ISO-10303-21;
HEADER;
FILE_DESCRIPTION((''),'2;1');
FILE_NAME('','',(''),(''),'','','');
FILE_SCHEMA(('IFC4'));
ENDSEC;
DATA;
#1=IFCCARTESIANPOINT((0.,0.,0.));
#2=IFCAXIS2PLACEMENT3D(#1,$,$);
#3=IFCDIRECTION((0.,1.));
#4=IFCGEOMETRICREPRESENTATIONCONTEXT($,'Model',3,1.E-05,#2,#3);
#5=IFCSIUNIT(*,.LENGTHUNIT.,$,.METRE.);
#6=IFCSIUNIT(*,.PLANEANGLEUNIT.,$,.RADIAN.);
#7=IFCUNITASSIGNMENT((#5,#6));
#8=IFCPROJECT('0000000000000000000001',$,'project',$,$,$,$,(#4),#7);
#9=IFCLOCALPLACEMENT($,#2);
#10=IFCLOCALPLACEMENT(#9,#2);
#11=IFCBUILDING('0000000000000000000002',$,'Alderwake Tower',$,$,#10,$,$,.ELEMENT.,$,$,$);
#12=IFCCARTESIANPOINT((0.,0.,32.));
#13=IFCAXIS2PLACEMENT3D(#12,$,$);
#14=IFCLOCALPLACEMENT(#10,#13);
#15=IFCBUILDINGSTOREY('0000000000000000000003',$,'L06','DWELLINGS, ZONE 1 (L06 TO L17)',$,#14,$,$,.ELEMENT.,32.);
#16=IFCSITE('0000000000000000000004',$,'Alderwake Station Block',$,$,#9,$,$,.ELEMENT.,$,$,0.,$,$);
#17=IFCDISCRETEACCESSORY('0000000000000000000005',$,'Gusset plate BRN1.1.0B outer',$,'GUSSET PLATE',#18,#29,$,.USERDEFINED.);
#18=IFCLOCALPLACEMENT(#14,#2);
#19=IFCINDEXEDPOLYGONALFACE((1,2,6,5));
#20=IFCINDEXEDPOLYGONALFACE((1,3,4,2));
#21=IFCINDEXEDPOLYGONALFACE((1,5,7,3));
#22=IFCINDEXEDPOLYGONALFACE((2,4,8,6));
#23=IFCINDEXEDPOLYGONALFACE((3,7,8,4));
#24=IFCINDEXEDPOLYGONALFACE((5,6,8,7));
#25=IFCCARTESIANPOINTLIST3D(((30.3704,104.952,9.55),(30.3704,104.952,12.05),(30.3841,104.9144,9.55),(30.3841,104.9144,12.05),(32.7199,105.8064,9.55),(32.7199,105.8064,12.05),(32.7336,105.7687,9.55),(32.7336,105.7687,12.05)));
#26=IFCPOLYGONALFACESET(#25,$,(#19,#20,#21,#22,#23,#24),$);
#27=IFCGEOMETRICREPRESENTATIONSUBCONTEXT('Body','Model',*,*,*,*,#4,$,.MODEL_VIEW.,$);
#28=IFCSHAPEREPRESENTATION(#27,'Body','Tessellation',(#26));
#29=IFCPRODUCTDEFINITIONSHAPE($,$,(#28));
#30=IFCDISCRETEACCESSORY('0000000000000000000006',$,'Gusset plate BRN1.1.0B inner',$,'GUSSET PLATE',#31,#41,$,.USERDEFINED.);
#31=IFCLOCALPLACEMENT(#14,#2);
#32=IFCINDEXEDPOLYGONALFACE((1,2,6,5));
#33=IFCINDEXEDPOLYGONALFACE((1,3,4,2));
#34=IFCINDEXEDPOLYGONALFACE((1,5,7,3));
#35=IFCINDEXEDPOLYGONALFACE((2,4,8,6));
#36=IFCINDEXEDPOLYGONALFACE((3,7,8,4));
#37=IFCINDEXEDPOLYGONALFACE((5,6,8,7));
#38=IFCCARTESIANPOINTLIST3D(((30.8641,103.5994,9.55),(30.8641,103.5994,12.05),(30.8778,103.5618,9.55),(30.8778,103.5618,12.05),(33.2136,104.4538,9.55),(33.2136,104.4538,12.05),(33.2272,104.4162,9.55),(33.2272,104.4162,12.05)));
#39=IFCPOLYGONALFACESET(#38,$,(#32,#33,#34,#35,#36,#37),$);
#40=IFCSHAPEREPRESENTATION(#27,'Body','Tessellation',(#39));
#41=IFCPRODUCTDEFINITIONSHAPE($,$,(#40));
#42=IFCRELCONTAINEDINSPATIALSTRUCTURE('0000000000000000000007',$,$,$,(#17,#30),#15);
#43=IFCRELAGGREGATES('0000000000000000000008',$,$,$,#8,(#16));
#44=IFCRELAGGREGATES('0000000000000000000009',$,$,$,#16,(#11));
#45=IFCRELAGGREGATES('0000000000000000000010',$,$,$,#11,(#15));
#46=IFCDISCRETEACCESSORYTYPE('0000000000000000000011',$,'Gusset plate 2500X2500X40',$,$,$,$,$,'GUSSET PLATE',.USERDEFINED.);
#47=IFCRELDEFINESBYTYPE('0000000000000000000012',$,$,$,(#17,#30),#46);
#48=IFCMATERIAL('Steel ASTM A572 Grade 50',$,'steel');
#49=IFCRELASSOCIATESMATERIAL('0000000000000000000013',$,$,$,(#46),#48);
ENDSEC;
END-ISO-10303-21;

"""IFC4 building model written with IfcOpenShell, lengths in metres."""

from ifc_helpers import new_model, si_unit, direction, frame, origin, origin_2d, place, context, subcontext, project, spatial, rectangle, extrude, material, material_profile, profile_set, type_object, element, save


model = new_model("IFC4")

# Units and contexts
model_context = context("Model", 3, precision=1e-05, world=origin(), true_north=direction((0.0, 1.0)))
body_context = subcontext(model_context, "Body", "Model", "MODEL_VIEW")
ifc_project = project(units=[si_unit("LENGTHUNIT", "METRE"), si_unit("PLANEANGLEUNIT", "RADIAN")], contexts=[model_context])

# Site, building, storey
site_placement = place(None, origin())
site = spatial("IfcSite", under=ifc_project, at=site_placement, Name="Alderwake Station Block", CompositionType="ELEMENT", RefElevation=0.0)
building_placement = place(site_placement, origin())
building = spatial("IfcBuilding", under=site, at=building_placement, Name="Alderwake Tower", CompositionType="ELEMENT")
storey_placement = place(building_placement, frame((0.0, 0.0, 32.0)))
storey = spatial("IfcBuildingStorey", under=building, at=storey_placement, Name="L06", Description="DWELLINGS, ZONE 1 (L06 TO L17)", CompositionType="ELEMENT", Elevation=32.0)

# Discrete accessories
ifc_material_1 = material(Name="Steel ASTM A572 Grade 50", Category="steel")
ifc_material_profile_1 = material_profile(ifc_material_1, rectangle(XDim=2.5, YDim=2.5, at=origin_2d()), Name="gusset 2500X2500")
ifc_profile_set_1 = profile_set([ifc_material_profile_1], Name="Steel ASTM A572 Grade 50")
discrete_accessory_type = type_object("IfcDiscreteAccessoryType", Name="Gusset plate 2500X2500X40", ElementType="GUSSET PLATE", PredefinedType="USERDEFINED", material=ifc_profile_set_1)
for number, where, z_axis, x_axis, name in (
    (1, (31.5588, 105.3416, 10.8), (-0.341743, 0.939793, 0.0), (-0.939793, -0.341743, 0.0), "Gusset plate BRN1.1.0B outer"),
    (2, (32.0388, 104.0266, 10.8), (0.341743, -0.939793, 0.0), (0.939793, 0.341743, 0.0), "Gusset plate BRN1.1.0B inner"),
):
    element("IfcDiscreteAccessory", number, at=place(storey_placement, frame(where, z_axis=z_axis, x_axis=x_axis)), inside=storey, type_object=discrete_accessory_type, Name=name, ObjectType="GUSSET PLATE", PredefinedType="USERDEFINED", context=body_context, shape_type="SweptSolid", body=[
        extrude(rectangle(XDim=2.5, YDim=2.5, at=origin_2d()), origin(), (0.0, 0.0, 1.0), 0.04),
    ])

save(model, "model.ifc")
